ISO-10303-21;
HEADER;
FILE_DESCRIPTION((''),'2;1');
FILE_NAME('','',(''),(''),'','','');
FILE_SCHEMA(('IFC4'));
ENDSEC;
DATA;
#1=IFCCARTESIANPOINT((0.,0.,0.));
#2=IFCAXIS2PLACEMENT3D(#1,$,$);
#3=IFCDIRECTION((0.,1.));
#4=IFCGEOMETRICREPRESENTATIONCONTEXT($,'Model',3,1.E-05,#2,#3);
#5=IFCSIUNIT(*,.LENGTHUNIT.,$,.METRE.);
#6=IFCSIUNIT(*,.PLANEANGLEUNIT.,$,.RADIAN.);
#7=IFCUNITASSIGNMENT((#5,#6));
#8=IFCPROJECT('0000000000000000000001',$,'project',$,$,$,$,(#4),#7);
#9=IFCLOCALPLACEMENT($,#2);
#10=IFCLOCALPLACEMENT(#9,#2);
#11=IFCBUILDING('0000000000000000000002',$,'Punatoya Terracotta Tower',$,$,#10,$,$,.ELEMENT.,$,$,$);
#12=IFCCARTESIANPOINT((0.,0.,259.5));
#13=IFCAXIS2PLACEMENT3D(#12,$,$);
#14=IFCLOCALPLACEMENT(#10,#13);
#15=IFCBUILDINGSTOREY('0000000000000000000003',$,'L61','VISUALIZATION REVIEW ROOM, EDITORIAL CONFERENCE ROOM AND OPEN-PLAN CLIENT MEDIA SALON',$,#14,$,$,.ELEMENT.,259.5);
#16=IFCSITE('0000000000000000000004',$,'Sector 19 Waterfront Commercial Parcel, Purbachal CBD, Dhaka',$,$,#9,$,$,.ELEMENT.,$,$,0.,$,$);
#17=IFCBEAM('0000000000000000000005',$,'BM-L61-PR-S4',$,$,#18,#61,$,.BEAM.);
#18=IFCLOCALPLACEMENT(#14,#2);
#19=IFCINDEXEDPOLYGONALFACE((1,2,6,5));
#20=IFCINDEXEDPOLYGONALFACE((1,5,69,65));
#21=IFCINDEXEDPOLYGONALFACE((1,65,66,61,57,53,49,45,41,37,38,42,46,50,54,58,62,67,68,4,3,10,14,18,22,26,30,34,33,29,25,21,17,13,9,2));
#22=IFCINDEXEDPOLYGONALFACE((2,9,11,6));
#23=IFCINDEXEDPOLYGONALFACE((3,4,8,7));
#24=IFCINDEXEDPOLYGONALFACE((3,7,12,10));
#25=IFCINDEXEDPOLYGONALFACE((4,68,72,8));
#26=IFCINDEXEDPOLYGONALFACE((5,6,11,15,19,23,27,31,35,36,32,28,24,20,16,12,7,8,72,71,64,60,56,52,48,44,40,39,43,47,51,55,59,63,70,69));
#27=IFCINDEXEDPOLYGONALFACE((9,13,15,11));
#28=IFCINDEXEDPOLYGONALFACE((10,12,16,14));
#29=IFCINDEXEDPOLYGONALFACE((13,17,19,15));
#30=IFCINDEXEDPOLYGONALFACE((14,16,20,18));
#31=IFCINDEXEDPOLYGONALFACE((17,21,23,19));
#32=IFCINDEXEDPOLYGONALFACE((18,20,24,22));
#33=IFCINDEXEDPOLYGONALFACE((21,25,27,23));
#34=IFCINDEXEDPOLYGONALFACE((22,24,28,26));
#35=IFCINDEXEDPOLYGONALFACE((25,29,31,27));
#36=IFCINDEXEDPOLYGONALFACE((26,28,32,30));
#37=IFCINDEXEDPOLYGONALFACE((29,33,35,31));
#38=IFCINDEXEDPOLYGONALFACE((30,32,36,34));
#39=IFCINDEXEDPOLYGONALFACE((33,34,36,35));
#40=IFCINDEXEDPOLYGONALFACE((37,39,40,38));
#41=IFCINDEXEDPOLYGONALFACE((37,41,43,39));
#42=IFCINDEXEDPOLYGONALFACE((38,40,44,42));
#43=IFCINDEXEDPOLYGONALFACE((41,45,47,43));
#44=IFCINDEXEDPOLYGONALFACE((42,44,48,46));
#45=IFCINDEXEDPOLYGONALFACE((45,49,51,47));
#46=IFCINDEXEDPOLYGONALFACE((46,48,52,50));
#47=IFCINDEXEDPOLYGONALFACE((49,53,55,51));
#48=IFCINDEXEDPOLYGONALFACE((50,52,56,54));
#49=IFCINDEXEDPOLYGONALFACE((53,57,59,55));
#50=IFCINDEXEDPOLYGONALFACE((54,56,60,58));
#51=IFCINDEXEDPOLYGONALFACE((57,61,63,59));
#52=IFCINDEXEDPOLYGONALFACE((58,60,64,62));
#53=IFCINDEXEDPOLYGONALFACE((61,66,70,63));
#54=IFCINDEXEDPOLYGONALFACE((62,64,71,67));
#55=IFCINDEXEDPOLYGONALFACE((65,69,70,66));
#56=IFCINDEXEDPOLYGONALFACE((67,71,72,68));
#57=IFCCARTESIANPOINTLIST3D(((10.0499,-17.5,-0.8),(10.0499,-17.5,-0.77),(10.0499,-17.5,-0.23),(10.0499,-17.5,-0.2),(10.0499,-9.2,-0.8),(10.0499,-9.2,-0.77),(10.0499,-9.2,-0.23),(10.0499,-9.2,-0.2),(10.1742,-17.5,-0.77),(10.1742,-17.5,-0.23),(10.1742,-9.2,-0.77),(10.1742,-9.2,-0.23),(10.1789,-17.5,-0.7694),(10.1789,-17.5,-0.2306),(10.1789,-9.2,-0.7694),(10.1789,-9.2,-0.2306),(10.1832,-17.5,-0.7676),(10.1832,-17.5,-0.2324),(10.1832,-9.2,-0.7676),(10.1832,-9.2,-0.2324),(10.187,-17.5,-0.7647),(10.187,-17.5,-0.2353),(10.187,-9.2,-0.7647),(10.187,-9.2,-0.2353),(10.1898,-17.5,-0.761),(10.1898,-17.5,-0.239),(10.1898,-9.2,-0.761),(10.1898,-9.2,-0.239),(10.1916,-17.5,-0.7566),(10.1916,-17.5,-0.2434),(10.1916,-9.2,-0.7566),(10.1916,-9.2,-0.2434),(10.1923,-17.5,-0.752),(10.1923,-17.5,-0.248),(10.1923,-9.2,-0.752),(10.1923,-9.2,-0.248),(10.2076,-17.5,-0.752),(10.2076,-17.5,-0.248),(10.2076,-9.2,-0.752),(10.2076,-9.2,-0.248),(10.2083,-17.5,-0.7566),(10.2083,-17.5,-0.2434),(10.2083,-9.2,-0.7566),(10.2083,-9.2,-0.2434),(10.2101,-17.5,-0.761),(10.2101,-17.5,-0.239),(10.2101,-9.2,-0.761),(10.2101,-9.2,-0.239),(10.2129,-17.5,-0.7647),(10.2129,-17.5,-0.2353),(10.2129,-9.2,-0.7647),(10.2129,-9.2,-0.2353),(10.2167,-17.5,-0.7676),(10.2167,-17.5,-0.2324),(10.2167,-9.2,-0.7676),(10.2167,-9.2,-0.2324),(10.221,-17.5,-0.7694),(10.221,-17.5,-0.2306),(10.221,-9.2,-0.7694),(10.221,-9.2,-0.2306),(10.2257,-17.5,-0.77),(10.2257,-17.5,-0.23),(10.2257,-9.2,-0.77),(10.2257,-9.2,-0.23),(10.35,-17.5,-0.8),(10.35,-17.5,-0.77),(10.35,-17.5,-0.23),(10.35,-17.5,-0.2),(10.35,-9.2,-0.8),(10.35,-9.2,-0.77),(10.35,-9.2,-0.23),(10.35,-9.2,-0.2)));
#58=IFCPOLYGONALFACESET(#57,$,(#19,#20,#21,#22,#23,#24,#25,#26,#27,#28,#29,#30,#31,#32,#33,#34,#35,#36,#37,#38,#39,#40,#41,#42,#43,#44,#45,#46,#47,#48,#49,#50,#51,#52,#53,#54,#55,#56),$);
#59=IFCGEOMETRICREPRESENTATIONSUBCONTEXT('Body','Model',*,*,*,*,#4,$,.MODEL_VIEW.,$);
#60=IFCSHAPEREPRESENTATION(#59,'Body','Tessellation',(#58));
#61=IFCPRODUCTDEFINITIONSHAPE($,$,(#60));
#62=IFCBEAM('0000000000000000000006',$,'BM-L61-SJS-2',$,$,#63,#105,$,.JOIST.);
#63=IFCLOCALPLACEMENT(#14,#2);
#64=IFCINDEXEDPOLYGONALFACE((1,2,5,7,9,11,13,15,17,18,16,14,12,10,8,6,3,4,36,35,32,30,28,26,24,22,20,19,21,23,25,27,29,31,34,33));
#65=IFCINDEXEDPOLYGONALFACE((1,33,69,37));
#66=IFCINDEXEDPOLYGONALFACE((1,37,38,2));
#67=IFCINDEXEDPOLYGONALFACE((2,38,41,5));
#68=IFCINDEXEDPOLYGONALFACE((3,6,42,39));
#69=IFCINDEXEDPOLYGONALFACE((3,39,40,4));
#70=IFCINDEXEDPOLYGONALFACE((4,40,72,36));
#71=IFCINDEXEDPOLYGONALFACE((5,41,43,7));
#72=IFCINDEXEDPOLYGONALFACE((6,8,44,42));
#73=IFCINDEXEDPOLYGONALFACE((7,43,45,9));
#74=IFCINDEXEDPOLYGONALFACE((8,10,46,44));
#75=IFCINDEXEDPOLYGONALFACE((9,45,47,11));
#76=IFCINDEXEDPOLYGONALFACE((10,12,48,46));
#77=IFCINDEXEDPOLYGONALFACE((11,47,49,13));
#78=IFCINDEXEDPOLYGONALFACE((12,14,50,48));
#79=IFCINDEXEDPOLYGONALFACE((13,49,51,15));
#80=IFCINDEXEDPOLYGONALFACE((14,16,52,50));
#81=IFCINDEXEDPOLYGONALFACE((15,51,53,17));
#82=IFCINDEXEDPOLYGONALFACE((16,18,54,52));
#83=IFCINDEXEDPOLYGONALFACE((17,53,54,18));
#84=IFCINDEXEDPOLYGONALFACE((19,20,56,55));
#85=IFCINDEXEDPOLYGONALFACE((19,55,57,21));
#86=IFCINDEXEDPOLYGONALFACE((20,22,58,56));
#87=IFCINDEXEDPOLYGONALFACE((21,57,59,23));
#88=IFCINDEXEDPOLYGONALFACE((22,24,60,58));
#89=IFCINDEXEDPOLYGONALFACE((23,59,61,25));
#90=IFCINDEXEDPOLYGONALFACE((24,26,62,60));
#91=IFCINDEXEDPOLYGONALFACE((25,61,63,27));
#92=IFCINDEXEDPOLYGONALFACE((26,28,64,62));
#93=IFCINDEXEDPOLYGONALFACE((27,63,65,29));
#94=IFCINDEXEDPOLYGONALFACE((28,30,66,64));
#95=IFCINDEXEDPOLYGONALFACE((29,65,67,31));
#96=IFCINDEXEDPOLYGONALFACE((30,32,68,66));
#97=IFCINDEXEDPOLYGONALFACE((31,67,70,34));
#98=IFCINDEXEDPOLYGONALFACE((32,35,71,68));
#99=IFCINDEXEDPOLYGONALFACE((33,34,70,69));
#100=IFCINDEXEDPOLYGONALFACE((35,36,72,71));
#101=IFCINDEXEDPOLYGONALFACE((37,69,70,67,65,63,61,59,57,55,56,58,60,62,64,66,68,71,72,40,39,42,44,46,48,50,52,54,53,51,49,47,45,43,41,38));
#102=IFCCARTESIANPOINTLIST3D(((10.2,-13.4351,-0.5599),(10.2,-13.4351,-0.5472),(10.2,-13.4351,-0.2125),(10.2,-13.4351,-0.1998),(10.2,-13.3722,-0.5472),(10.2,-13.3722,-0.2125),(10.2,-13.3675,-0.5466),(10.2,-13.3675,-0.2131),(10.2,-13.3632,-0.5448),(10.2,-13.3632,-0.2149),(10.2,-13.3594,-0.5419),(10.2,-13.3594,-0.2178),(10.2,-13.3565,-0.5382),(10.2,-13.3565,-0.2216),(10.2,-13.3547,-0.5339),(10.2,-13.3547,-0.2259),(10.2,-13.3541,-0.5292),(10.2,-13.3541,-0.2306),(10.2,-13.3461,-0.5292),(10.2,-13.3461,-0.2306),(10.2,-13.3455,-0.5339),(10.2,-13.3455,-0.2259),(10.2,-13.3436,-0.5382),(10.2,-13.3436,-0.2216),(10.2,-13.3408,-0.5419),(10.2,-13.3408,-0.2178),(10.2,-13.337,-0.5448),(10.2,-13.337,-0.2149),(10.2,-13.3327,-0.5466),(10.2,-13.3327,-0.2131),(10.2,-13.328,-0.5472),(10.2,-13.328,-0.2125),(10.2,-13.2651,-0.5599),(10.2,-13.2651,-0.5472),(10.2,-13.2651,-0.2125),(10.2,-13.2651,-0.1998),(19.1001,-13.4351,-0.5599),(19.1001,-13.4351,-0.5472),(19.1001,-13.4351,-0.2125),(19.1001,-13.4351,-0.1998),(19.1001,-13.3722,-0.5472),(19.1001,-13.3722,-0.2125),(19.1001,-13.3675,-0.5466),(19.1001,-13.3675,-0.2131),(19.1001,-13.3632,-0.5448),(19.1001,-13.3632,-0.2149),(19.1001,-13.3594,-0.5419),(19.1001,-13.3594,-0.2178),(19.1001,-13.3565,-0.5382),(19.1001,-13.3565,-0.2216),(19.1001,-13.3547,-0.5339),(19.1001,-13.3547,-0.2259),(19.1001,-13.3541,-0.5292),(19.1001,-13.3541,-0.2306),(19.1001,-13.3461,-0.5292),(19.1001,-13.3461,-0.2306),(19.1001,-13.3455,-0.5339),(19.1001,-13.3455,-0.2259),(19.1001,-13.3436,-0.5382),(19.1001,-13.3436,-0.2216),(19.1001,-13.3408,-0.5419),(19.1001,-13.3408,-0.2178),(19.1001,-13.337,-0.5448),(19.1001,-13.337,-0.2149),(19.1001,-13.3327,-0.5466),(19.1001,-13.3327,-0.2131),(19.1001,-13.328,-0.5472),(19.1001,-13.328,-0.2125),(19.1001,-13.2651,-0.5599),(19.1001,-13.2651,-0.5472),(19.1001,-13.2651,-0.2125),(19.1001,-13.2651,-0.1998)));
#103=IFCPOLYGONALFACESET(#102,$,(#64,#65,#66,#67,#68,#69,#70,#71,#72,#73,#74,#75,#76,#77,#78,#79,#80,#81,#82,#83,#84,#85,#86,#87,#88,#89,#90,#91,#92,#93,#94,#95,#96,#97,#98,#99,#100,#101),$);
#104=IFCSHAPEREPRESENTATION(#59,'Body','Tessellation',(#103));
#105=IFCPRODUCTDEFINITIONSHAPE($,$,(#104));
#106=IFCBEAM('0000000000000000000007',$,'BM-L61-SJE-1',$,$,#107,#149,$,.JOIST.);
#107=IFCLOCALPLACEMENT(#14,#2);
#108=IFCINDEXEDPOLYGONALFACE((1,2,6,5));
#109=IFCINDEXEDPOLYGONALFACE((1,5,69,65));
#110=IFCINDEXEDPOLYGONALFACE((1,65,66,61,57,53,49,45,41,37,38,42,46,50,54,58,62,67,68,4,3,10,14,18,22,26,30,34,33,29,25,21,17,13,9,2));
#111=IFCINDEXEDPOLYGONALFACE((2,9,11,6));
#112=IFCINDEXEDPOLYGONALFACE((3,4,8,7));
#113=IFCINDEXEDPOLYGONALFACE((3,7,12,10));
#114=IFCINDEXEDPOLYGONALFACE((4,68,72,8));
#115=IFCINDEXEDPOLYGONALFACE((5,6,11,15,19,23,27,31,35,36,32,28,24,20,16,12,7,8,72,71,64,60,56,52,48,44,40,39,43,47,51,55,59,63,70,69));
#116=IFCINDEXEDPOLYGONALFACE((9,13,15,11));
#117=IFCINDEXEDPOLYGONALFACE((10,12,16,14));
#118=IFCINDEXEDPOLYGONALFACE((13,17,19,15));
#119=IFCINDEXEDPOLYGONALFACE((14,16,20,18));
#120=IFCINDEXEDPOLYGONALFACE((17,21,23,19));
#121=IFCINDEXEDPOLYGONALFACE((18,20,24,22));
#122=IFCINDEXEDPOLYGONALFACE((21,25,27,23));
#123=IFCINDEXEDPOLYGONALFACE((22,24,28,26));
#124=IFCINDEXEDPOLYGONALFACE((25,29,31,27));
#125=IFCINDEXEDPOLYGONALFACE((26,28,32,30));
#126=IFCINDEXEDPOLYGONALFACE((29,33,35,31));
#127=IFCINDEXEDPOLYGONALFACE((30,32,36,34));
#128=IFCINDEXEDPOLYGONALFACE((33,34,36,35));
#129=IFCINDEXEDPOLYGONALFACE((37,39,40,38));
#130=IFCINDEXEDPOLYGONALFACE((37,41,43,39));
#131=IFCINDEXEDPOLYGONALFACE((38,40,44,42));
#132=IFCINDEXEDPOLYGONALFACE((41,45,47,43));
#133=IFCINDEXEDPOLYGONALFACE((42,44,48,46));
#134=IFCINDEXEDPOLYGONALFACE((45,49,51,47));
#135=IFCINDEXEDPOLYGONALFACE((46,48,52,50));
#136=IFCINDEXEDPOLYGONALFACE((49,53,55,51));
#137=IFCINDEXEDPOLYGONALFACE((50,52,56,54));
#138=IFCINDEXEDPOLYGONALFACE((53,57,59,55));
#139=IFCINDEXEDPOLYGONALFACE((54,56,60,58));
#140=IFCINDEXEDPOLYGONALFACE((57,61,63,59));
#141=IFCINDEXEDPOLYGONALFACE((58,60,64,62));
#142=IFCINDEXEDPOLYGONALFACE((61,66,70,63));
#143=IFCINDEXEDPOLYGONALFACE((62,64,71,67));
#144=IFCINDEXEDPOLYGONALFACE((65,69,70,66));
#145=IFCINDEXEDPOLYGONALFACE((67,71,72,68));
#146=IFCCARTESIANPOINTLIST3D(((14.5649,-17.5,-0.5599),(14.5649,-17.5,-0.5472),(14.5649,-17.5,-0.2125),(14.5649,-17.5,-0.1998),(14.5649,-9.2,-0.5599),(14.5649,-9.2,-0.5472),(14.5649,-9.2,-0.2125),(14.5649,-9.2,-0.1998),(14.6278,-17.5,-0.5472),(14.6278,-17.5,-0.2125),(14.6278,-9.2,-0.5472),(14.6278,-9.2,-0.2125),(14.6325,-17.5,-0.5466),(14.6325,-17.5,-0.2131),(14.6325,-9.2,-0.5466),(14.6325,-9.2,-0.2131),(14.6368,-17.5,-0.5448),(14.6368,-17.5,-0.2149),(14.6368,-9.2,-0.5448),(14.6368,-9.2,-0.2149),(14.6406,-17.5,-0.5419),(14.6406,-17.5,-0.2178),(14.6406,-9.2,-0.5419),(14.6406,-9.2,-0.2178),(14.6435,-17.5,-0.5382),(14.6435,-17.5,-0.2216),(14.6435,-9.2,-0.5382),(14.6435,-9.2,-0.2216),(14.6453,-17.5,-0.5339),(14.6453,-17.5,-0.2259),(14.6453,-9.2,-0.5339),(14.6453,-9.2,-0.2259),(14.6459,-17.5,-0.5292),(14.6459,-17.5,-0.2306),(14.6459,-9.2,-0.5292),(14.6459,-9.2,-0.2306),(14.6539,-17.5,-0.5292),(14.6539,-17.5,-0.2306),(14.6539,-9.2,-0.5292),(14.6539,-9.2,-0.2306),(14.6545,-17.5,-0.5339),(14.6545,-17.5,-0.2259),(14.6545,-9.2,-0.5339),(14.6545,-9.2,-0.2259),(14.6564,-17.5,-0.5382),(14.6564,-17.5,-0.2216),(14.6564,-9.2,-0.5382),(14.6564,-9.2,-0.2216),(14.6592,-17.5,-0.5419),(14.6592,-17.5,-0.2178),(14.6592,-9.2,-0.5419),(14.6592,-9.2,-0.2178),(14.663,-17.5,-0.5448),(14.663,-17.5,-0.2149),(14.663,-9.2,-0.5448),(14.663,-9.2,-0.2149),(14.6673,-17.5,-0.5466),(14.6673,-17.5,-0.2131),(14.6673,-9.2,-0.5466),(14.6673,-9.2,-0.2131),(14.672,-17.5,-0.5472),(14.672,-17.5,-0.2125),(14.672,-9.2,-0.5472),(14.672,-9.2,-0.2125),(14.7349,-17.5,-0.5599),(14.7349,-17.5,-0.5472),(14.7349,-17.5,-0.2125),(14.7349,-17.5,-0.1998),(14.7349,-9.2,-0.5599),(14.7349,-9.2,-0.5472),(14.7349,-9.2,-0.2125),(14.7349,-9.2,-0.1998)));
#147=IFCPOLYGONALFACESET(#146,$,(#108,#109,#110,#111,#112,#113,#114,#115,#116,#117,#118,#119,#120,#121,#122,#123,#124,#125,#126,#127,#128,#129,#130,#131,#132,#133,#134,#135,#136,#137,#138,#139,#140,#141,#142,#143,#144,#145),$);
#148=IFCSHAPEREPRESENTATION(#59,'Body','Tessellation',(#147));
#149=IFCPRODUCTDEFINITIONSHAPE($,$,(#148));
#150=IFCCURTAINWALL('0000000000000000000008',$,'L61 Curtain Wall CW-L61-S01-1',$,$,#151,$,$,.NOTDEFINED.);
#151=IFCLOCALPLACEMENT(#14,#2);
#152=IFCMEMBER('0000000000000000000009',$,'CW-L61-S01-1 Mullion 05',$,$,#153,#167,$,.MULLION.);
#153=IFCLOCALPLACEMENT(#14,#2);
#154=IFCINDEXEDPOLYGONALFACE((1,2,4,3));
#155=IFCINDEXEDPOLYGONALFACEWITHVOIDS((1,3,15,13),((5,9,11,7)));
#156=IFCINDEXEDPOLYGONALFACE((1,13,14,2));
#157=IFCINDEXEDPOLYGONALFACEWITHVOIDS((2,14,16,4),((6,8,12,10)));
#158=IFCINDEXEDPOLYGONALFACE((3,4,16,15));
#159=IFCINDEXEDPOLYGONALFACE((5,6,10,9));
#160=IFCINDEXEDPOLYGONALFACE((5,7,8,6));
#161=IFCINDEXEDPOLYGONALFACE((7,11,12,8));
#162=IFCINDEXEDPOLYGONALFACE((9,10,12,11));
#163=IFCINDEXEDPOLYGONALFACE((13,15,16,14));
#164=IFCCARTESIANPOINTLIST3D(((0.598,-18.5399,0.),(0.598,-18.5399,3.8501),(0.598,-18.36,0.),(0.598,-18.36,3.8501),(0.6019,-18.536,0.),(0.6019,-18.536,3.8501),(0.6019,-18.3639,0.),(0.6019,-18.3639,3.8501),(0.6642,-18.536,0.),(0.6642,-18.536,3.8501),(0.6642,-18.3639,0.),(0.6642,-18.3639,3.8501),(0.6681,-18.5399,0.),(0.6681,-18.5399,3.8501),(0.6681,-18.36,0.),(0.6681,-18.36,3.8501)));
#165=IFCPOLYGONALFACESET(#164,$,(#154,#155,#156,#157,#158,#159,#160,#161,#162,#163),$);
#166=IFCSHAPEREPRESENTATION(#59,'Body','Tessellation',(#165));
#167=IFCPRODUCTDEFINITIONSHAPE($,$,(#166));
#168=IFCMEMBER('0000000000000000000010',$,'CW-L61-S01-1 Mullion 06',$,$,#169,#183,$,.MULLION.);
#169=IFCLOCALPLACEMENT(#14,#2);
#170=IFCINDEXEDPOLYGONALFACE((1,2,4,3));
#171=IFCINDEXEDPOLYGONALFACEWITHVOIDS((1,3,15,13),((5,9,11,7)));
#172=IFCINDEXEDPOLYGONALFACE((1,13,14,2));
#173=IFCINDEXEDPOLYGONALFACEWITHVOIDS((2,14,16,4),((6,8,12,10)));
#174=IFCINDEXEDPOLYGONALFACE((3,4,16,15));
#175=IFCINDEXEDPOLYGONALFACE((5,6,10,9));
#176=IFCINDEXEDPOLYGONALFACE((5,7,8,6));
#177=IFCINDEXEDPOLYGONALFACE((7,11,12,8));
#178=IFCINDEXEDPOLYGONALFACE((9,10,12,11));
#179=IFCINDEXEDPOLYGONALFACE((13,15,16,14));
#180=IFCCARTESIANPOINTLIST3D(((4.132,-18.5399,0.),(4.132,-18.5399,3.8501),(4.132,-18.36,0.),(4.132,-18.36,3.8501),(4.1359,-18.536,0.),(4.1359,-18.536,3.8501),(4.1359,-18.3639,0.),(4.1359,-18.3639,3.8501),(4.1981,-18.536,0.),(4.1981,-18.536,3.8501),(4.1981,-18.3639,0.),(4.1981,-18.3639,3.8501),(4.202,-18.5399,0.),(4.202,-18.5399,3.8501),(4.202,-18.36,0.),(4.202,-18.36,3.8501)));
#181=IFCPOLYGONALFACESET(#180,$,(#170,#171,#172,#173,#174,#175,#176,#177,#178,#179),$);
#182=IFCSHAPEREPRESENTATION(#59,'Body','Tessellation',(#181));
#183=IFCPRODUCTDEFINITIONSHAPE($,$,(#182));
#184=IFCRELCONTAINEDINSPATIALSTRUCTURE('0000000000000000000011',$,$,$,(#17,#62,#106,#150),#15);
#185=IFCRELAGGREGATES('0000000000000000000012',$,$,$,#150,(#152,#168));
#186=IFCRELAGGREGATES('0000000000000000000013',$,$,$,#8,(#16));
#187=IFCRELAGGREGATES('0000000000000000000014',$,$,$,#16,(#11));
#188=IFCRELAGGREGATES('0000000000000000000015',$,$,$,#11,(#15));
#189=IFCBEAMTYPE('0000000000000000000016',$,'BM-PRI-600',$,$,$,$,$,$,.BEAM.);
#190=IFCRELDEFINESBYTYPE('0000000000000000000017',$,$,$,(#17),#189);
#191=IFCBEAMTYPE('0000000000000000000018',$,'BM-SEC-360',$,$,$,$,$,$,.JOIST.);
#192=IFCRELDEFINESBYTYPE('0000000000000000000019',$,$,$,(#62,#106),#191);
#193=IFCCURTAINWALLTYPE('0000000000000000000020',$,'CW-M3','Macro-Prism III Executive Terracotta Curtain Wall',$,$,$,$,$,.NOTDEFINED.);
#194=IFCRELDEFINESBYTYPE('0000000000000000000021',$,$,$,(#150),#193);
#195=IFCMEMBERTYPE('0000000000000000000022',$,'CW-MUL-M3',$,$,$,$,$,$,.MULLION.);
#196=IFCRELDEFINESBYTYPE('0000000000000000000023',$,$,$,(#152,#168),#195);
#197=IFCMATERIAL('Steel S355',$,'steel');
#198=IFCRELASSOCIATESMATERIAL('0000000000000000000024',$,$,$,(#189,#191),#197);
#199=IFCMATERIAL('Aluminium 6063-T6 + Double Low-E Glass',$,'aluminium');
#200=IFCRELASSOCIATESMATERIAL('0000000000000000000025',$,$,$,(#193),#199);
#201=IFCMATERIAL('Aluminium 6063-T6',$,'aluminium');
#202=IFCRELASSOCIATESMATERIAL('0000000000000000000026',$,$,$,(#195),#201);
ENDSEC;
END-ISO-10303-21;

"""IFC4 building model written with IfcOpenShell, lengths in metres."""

from ifc_helpers import new_model, si_unit, direction, frame, origin, origin_2d, place, context, subcontext, project, spatial, hollow_rectangle, i_section, extrude, material, material_profile, profile_set, type_object, element, aggregate, save


model = new_model("IFC4")

# Units and contexts
model_context = context("Model", 3, precision=1e-05, world=origin(), true_north=direction((0.0, 1.0)))
body_context = subcontext(model_context, "Body", "Model", "MODEL_VIEW")
ifc_project = project(units=[si_unit("LENGTHUNIT", "METRE"), si_unit("PLANEANGLEUNIT", "RADIAN")], contexts=[model_context])

# Site, building, storey
site_placement = place(None, origin())
site = spatial("IfcSite", under=ifc_project, at=site_placement, Name="Sector 19 Waterfront Commercial Parcel, Purbachal CBD, Dhaka", CompositionType="ELEMENT", RefElevation=0.0)
building_placement = place(site_placement, origin())
building = spatial("IfcBuilding", under=site, at=building_placement, Name="Punatoya Terracotta Tower", CompositionType="ELEMENT")
storey_placement = place(building_placement, frame((0.0, 0.0, 259.5)))
storey = spatial("IfcBuildingStorey", under=building, at=storey_placement, Name="L61", Description="VISUALIZATION REVIEW ROOM, EDITORIAL CONFERENCE ROOM AND OPEN-PLAN CLIENT MEDIA SALON", CompositionType="ELEMENT", Elevation=259.5)

# Beams
ifc_material_1 = material(Name="Steel S355", Category="steel")
ifc_material_profile_1 = material_profile(ifc_material_1, i_section(OverallWidth=0.3, OverallDepth=0.6001, WebThickness=0.0154, FlangeThickness=0.03, FilletRadius=0.0181, at=origin_2d()))
ifc_profile_set_1 = profile_set([ifc_material_profile_1], Name="Steel S355")
beam_type_1 = type_object("IfcBeamType", Name="BM-PRI-600", PredefinedType="BEAM", material=ifc_profile_set_1)
for number, where, z_axis, x_axis, name in (
    (1, (10.2, -17.5, -0.5), (0.0, 1.0, 0.0), (-1.0, 0.0, 0.0), "BM-L61-PR-S4"),
):
    element("IfcBeam", number, at=place(storey_placement, frame(where, z_axis=z_axis, x_axis=x_axis)), inside=storey, type_object=beam_type_1, Name=name, PredefinedType="BEAM", context=body_context, shape_type="SweptSolid", body=[
        extrude(i_section(OverallWidth=0.3, OverallDepth=0.6001, WebThickness=0.0154, FlangeThickness=0.03, FilletRadius=0.0181, at=origin_2d()), origin(), (0.0, 0.0, 1.0), 8.3),
    ])
ifc_material_profile_2 = material_profile(ifc_material_1, i_section(OverallWidth=0.1699, OverallDepth=0.3601, WebThickness=0.0081, FlangeThickness=0.0127, FilletRadius=0.0181, at=origin_2d()))
ifc_profile_set_2 = profile_set([ifc_material_profile_2], Name="Steel S355")
beam_type_2 = type_object("IfcBeamType", Name="BM-SEC-360", PredefinedType="JOIST", material=ifc_profile_set_2)
beam_1_placement = place(storey_placement, frame((10.2, -13.3501, -0.3799), z_axis=(1.0, 0.0, 0.0), x_axis=(0.0, 1.0, 0.0)))
element("IfcBeam", 2, at=beam_1_placement, inside=storey, type_object=beam_type_2, Name="BM-L61-SJS-2", PredefinedType="JOIST", context=body_context, shape_type="SweptSolid", body=[
    extrude(i_section(OverallWidth=0.1699, OverallDepth=0.3601, WebThickness=0.0081, FlangeThickness=0.0127, FilletRadius=0.0181, at=origin_2d()), origin(), (0.0, 0.0, 1.0), 8.9001),
])
beam_2_placement = place(storey_placement, frame((14.6499, -17.5, -0.3799), z_axis=(0.0, 1.0, 0.0), x_axis=(-1.0, 0.0, 0.0)))
element("IfcBeam", 3, at=beam_2_placement, inside=storey, type_object=beam_type_2, Name="BM-L61-SJE-1", PredefinedType="JOIST", context=body_context, shape_type="SweptSolid", body=[
    extrude(i_section(OverallWidth=0.1699, OverallDepth=0.3601, WebThickness=0.0081, FlangeThickness=0.0127, FilletRadius=0.0181, at=origin_2d()), origin(), (0.0, 0.0, 1.0), 8.3),
])

# Curtain wall, members
ifc_material_2 = material(Name="Aluminium 6063-T6 + Double Low-E Glass", Category="aluminium")
curtain_wall_type = type_object("IfcCurtainWallType", Name="CW-M3", Description="Macro-Prism III Executive Terracotta Curtain Wall", PredefinedType="NOTDEFINED", material=ifc_material_2)
curtain_wall_placement = place(storey_placement, origin())
curtain_wall = element("IfcCurtainWall", 4, at=curtain_wall_placement, inside=storey, type_object=curtain_wall_type, Name="L61 Curtain Wall CW-L61-S01-1", PredefinedType="NOTDEFINED")
ifc_material_3 = material(Name="Aluminium 6063-T6", Category="aluminium")
ifc_material_profile_3 = material_profile(ifc_material_3, hollow_rectangle(XDim=0.0701, YDim=0.1799, WallThickness=0.0039, at=origin_2d()))
ifc_profile_set_3 = profile_set([ifc_material_profile_3], Name="Aluminium 6063-T6")
member_type = type_object("IfcMemberType", Name="CW-MUL-M3", PredefinedType="MULLION", material=ifc_profile_set_3)
member_1_placement = place(storey_placement, frame((0.6331, -18.45, 0.0), z_axis=(0.0, 0.0, 1.0), x_axis=(1.0, 0.0, 0.0)))
member_1 = element("IfcMember", 5, at=member_1_placement, type_object=member_type, Name="CW-L61-S01-1 Mullion 05", PredefinedType="MULLION", context=body_context, shape_type="SweptSolid", body=[
    extrude(hollow_rectangle(XDim=0.0701, YDim=0.1799, WallThickness=0.0039, at=origin_2d()), origin(), (0.0, 0.0, 1.0), 3.8501),
])
member_2_placement = place(storey_placement, frame((4.167, -18.45, 0.0), z_axis=(0.0, 0.0, 1.0), x_axis=(1.0, 0.0, 0.0)))
member_2 = element("IfcMember", 6, at=member_2_placement, type_object=member_type, Name="CW-L61-S01-1 Mullion 06", PredefinedType="MULLION", context=body_context, shape_type="SweptSolid", body=[
    extrude(hollow_rectangle(XDim=0.0701, YDim=0.1799, WallThickness=0.0039, at=origin_2d()), origin(), (0.0, 0.0, 1.0), 3.8501),
])
aggregate(curtain_wall, [member_1, member_2])

save(model, "model.ifc")
